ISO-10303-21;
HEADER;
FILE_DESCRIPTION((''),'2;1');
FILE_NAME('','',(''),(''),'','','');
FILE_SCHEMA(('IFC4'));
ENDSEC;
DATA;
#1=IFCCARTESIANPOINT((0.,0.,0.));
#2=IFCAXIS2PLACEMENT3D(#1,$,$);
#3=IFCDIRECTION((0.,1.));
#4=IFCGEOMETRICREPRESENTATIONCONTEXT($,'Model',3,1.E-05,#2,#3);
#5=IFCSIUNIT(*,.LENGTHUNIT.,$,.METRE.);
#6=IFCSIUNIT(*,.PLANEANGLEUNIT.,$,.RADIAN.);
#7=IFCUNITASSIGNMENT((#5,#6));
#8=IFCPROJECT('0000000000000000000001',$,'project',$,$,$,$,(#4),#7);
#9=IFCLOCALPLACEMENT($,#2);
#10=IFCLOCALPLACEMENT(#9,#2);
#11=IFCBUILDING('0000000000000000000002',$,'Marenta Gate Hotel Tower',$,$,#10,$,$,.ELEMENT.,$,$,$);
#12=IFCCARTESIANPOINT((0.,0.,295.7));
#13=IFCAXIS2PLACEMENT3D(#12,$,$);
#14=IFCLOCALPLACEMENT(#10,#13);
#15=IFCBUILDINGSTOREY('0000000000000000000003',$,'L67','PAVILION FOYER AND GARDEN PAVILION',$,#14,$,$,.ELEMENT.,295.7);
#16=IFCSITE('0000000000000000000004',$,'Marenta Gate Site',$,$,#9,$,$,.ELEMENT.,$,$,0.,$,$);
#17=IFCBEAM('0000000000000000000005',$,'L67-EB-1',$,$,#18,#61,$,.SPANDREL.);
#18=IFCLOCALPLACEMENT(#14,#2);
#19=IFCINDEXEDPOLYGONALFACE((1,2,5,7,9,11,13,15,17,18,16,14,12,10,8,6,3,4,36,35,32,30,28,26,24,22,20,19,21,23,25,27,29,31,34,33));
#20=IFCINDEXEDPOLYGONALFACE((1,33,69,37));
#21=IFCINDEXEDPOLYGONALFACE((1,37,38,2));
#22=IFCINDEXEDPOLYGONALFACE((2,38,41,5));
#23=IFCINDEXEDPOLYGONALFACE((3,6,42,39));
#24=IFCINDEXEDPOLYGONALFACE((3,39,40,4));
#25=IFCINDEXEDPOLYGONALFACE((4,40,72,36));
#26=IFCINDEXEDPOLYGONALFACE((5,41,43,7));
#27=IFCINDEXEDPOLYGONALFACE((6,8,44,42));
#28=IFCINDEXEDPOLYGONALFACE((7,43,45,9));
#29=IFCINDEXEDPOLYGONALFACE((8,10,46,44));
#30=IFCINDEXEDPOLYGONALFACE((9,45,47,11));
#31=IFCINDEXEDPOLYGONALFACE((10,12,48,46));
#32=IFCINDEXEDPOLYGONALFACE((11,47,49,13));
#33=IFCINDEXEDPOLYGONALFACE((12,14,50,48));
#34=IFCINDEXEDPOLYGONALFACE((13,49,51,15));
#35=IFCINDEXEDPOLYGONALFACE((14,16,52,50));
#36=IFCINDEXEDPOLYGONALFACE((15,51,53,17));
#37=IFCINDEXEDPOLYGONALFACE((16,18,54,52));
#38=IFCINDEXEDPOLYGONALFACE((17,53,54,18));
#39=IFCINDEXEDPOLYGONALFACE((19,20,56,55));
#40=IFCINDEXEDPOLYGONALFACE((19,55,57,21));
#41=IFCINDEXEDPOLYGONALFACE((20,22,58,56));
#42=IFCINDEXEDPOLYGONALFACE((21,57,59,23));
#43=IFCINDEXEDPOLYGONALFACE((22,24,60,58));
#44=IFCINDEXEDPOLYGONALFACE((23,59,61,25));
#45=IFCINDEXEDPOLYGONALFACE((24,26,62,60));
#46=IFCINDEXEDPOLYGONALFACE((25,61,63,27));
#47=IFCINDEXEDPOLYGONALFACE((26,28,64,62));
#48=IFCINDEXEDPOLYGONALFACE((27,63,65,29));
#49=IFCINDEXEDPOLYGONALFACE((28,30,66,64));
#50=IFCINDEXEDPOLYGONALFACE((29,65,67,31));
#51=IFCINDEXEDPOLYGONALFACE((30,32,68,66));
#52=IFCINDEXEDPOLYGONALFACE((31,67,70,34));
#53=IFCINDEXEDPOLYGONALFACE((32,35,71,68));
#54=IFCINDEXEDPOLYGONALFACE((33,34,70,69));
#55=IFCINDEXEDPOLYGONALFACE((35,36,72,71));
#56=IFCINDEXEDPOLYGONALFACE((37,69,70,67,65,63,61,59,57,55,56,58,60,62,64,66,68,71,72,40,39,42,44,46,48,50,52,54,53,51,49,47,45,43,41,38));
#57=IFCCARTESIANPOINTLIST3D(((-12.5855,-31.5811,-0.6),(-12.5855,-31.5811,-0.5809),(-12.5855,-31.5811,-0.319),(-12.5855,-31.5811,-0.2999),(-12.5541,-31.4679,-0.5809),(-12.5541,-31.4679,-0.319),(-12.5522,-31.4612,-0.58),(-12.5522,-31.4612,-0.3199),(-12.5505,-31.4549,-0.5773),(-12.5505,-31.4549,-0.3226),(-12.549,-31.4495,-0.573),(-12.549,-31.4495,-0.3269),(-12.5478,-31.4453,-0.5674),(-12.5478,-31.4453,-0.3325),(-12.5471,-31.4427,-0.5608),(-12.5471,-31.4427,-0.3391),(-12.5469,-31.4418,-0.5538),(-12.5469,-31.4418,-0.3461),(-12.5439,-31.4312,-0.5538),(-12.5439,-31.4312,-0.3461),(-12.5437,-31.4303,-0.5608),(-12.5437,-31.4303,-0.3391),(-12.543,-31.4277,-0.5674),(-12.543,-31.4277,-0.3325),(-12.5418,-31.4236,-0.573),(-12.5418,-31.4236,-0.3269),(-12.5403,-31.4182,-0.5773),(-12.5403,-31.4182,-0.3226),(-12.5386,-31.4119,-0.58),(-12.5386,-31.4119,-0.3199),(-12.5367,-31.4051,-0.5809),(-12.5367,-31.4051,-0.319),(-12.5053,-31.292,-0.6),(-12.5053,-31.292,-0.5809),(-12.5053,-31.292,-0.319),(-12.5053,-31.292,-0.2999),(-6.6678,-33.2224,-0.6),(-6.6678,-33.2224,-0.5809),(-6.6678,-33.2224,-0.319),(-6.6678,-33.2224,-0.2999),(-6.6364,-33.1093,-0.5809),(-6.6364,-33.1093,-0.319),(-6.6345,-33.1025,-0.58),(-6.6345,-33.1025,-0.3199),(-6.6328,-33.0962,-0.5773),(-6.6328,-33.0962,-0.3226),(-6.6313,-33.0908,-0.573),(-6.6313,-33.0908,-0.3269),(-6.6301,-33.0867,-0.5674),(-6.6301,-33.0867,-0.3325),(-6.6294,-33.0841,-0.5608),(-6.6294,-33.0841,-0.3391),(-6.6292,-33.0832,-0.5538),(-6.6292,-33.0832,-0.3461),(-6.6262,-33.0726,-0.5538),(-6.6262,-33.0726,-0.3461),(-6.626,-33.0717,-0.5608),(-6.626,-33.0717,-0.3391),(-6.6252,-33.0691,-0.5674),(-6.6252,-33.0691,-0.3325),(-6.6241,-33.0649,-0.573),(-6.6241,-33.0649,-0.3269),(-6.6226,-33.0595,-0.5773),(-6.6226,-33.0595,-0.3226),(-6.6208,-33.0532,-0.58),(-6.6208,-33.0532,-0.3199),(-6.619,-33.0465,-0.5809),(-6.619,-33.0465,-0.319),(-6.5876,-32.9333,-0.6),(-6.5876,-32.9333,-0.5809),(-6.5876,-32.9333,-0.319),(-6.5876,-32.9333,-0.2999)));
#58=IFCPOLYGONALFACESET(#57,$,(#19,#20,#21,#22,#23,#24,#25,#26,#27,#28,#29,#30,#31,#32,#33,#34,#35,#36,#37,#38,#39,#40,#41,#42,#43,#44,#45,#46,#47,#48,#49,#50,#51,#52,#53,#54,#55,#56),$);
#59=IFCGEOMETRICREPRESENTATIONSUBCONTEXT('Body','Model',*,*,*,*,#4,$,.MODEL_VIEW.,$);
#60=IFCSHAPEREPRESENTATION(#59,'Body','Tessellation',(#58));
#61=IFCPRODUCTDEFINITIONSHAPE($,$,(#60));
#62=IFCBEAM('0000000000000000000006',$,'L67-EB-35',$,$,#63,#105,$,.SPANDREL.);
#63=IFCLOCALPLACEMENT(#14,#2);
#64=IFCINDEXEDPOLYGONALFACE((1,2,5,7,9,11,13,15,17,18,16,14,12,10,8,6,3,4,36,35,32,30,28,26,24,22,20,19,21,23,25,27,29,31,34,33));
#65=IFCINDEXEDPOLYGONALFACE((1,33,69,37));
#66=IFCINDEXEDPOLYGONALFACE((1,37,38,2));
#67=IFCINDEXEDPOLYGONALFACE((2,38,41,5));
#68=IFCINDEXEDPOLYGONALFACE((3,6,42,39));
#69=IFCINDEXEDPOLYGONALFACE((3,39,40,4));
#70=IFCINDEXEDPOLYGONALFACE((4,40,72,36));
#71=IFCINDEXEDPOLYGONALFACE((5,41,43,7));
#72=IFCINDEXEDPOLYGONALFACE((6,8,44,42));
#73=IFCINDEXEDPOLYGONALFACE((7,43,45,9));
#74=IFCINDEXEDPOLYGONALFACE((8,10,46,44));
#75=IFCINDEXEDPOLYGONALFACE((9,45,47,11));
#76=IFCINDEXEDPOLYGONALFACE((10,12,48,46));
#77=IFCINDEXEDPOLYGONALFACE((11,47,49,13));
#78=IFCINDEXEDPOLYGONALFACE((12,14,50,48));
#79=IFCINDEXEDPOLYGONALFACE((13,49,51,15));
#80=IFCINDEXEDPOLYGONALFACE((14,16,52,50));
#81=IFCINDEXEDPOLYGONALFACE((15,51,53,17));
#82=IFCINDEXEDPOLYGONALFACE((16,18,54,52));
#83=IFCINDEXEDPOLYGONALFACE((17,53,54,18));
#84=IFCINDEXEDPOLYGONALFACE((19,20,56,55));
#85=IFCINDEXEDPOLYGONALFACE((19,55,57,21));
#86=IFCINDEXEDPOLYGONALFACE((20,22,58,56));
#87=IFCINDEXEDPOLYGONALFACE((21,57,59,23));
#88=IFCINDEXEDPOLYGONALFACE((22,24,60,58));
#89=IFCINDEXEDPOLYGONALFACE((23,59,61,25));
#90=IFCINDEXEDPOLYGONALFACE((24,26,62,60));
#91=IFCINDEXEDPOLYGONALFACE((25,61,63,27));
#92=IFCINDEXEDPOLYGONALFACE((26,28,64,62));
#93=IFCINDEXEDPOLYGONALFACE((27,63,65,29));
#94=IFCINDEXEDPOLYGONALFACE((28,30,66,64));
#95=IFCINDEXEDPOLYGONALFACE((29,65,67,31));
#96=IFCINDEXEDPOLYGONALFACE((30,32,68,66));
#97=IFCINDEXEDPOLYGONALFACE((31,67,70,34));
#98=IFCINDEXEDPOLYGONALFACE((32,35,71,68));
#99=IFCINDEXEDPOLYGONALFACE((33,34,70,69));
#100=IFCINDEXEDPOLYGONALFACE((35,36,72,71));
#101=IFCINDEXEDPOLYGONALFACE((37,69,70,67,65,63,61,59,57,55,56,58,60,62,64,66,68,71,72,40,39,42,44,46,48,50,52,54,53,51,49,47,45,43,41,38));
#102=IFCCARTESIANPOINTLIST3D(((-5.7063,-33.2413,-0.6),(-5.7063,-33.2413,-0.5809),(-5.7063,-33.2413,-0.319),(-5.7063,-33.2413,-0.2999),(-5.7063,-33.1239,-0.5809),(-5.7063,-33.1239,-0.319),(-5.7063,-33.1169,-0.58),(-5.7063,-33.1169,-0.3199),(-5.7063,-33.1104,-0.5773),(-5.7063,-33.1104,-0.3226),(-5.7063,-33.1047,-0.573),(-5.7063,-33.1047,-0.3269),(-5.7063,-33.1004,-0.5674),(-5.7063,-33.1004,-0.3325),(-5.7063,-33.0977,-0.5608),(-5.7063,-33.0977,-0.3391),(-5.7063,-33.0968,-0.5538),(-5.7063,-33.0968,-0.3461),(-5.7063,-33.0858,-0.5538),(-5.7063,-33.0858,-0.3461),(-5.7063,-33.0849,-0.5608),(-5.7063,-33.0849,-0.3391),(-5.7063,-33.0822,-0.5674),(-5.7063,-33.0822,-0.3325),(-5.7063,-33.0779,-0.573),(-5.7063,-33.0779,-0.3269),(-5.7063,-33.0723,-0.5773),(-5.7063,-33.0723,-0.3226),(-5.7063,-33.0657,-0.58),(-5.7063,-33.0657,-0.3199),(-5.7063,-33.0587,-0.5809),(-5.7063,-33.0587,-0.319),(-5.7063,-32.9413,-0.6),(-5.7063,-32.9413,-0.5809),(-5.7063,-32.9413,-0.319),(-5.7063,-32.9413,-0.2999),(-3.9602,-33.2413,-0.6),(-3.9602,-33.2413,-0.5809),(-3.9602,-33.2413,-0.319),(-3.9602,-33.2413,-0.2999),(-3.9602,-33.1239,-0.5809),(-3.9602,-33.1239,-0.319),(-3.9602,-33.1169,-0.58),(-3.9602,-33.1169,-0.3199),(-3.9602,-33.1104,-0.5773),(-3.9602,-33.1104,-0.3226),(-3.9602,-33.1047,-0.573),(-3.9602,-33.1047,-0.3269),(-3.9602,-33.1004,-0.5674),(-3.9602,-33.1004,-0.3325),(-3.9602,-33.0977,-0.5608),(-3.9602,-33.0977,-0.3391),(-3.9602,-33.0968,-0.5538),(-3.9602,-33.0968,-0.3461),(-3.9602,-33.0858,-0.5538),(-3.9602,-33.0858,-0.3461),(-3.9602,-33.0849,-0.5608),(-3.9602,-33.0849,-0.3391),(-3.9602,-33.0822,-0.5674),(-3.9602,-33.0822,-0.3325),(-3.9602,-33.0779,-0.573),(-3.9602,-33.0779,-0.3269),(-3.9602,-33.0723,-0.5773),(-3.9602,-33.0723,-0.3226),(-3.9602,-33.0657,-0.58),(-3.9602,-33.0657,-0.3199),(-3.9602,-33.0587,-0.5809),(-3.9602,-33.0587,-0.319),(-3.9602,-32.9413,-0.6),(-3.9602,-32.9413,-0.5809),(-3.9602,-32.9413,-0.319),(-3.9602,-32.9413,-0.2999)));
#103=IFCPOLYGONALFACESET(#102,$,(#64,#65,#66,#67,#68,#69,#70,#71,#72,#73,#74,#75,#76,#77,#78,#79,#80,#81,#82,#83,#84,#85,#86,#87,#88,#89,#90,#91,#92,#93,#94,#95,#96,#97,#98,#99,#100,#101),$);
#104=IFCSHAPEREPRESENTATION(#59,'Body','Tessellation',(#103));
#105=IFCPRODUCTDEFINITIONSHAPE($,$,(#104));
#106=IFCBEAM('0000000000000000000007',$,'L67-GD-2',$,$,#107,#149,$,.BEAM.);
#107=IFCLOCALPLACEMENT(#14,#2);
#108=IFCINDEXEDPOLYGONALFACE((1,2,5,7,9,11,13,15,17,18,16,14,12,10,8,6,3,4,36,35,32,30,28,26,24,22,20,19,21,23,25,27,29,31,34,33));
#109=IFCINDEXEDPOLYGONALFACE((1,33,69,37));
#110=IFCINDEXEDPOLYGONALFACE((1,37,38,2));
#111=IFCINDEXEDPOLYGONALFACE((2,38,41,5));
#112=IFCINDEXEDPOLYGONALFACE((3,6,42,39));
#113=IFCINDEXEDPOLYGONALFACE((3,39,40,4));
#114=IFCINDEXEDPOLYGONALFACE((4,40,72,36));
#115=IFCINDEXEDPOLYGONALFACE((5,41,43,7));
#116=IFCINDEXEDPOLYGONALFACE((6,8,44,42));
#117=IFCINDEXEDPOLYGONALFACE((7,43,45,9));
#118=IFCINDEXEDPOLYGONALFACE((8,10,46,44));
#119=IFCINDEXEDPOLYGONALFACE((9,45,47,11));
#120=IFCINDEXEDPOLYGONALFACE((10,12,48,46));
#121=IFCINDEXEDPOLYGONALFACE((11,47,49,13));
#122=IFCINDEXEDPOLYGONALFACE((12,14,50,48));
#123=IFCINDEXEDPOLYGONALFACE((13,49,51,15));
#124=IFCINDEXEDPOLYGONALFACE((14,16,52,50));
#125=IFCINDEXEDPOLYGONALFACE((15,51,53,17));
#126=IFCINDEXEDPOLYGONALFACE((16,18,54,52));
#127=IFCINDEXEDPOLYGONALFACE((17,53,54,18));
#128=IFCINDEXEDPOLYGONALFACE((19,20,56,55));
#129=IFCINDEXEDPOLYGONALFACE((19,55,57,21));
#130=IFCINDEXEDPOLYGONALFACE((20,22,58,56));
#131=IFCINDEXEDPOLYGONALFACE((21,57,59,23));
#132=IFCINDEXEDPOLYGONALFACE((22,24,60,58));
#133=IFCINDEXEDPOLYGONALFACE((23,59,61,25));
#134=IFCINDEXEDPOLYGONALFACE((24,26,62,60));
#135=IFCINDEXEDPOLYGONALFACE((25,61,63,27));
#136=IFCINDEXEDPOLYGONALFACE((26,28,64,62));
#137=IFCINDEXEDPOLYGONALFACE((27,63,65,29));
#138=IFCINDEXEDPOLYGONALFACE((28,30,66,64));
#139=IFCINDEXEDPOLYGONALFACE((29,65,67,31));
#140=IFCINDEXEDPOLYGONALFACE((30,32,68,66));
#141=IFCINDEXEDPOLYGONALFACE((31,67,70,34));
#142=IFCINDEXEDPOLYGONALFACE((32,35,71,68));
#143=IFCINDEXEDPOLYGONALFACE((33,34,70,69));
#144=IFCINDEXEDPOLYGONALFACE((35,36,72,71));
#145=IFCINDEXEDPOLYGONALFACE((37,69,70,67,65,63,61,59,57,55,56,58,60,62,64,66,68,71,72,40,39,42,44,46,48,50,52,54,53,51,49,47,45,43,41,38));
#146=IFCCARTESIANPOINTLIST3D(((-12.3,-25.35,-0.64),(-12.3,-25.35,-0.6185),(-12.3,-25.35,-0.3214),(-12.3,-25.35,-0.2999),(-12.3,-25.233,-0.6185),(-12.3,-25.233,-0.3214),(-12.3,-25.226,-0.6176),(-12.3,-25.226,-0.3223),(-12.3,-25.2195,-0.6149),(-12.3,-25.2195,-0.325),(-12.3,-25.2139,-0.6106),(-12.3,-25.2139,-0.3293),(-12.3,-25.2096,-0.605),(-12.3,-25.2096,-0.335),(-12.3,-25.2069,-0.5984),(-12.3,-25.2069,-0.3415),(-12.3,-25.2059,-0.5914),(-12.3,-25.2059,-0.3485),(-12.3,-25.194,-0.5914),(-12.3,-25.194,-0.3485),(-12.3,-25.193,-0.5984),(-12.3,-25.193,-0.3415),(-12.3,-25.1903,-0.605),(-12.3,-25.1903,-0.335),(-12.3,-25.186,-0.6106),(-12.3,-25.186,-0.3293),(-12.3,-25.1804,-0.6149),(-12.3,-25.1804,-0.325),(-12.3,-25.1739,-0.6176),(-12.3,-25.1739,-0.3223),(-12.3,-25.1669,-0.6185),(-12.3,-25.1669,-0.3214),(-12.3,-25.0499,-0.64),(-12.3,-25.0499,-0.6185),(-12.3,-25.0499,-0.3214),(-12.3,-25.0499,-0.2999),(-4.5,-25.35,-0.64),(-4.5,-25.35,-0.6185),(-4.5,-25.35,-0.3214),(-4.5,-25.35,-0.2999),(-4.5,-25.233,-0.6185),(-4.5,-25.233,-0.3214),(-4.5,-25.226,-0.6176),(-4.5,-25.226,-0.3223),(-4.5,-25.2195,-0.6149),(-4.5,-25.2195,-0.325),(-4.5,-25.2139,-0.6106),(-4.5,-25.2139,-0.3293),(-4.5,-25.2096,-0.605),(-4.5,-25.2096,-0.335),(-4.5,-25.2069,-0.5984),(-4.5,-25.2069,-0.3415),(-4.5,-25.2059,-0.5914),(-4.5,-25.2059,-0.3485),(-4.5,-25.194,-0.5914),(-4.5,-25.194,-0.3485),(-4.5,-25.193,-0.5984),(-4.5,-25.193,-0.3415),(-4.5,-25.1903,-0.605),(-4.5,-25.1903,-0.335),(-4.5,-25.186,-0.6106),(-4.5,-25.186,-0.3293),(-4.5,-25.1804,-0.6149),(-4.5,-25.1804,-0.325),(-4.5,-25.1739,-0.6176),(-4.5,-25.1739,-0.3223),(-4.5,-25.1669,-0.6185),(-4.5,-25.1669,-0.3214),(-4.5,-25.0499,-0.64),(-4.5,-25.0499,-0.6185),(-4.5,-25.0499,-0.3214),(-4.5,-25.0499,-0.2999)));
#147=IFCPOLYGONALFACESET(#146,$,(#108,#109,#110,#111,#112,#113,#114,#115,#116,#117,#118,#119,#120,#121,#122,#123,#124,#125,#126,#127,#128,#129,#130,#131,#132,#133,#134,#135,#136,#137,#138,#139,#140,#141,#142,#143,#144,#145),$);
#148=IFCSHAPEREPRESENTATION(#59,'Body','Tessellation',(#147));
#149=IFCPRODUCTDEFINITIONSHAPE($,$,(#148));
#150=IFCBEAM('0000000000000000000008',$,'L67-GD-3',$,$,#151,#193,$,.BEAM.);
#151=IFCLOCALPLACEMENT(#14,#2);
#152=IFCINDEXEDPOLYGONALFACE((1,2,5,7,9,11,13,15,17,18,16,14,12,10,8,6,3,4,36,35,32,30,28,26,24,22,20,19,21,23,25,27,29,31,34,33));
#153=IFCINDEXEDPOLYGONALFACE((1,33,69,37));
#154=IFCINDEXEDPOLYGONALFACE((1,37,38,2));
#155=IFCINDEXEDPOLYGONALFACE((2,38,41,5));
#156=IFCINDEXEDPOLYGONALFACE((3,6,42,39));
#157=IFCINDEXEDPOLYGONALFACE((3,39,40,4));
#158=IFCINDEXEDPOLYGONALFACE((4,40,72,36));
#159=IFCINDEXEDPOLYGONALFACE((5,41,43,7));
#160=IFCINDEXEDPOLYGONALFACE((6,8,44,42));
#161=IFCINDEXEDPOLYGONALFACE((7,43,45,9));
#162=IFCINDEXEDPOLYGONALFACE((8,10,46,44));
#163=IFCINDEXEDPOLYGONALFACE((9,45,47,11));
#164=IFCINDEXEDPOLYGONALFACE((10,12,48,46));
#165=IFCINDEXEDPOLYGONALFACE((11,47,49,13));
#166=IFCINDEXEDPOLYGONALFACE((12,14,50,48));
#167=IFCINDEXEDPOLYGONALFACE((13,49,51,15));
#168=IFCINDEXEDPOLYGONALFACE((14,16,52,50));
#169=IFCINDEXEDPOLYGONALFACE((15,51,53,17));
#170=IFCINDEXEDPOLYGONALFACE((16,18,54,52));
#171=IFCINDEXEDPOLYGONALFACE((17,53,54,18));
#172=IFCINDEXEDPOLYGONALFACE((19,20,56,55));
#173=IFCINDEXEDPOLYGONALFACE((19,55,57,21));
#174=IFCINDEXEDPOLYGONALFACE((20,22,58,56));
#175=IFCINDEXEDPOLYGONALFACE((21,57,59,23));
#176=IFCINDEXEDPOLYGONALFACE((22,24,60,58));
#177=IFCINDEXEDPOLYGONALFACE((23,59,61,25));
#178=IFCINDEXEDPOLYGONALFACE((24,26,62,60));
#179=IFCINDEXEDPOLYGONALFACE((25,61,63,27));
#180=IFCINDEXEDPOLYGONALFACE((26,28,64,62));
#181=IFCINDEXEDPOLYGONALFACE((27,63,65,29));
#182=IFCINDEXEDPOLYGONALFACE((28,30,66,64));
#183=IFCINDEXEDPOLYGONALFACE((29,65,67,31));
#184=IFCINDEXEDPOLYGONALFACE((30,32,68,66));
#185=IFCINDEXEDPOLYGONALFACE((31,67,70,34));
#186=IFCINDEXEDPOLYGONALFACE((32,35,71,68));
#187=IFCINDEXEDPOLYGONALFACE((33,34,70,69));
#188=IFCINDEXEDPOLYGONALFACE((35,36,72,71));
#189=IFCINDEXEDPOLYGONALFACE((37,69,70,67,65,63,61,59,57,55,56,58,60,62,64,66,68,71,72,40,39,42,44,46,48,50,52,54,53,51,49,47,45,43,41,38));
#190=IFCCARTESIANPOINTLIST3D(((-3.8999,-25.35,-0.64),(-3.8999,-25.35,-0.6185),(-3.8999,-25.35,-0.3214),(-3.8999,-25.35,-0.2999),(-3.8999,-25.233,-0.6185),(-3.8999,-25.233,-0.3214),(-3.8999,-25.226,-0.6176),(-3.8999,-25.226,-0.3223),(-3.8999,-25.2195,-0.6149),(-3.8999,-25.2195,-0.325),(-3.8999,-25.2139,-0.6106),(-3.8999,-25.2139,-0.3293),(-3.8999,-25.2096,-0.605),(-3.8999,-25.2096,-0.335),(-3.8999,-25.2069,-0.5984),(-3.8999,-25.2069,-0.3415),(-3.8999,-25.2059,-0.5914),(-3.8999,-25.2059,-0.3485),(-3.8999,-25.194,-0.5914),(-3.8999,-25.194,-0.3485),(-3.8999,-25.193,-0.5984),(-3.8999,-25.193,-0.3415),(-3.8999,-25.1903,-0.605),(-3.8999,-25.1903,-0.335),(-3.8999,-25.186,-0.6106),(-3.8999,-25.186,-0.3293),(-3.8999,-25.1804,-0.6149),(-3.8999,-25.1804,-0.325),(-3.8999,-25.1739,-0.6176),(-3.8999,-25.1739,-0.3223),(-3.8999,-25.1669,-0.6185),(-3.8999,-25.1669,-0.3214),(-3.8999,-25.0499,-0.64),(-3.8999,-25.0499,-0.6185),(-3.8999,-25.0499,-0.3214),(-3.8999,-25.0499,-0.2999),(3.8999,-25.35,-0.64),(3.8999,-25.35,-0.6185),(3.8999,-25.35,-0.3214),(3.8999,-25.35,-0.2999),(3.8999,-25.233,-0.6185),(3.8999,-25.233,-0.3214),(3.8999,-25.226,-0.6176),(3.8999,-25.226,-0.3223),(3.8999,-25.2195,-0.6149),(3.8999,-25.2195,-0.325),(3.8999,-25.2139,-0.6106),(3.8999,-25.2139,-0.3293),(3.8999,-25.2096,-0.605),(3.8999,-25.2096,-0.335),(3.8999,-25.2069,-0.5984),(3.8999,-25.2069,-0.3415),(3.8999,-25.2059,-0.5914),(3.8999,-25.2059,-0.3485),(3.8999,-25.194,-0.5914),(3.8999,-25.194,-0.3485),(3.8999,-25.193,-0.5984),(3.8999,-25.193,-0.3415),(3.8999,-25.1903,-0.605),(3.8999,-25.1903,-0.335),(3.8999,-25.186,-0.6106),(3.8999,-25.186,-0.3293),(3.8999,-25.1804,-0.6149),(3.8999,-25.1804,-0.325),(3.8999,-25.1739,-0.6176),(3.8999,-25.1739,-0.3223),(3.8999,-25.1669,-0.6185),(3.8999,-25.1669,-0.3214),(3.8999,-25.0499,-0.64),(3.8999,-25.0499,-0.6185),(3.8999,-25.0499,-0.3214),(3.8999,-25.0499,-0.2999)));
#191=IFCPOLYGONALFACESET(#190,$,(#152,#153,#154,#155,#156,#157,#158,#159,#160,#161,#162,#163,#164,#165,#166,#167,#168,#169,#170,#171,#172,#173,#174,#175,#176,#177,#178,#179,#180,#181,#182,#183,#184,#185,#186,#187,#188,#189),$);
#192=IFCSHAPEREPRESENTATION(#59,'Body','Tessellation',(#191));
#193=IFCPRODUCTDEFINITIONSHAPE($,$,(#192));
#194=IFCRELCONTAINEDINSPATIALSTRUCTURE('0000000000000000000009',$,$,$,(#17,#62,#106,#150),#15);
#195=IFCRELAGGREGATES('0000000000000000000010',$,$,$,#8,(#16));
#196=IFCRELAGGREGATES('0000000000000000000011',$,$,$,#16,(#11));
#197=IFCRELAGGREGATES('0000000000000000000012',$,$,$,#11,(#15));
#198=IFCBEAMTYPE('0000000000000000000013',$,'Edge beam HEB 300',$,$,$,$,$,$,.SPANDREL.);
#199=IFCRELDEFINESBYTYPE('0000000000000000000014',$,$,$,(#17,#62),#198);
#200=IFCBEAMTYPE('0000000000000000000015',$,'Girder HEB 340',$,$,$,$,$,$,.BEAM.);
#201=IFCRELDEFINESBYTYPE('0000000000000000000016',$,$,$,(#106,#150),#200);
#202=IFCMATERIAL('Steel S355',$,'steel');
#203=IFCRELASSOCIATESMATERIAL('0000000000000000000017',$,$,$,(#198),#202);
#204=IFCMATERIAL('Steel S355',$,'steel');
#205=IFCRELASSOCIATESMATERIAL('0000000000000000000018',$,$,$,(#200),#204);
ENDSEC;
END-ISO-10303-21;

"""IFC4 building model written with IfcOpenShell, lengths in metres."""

from ifc_helpers import new_model, si_unit, direction, frame, origin, origin_2d, place, context, subcontext, project, spatial, i_section, extrude, material, material_profile, profile_set, type_object, element, save


model = new_model("IFC4")

# Units and contexts
model_context = context("Model", 3, precision=1e-05, world=origin(), true_north=direction((0.0, 1.0)))
body_context = subcontext(model_context, "Body", "Model", "MODEL_VIEW")
ifc_project = project(units=[si_unit("LENGTHUNIT", "METRE"), si_unit("PLANEANGLEUNIT", "RADIAN")], contexts=[model_context])

# Site, building, storey
site_placement = place(None, origin())
site = spatial("IfcSite", under=ifc_project, at=site_placement, Name="Marenta Gate Site", CompositionType="ELEMENT", RefElevation=0.0)
building_placement = place(site_placement, origin())
building = spatial("IfcBuilding", under=site, at=building_placement, Name="Marenta Gate Hotel Tower", CompositionType="ELEMENT")
storey_placement = place(building_placement, frame((0.0, 0.0, 295.7)))
storey = spatial("IfcBuildingStorey", under=building, at=storey_placement, Name="L67", Description="PAVILION FOYER AND GARDEN PAVILION", CompositionType="ELEMENT", Elevation=295.7)

# Beams
ifc_material_1 = material(Name="Steel S355", Category="steel")
ifc_material_profile_1 = material_profile(ifc_material_1, i_section(OverallWidth=0.3, OverallDepth=0.3, WebThickness=0.011, FlangeThickness=0.019, FilletRadius=0.0271, at=origin_2d()), Name="HEB 300")
ifc_profile_set_1 = profile_set([ifc_material_profile_1], Name="Steel S355")
beam_type_1 = type_object("IfcBeamType", Name="Edge beam HEB 300", PredefinedType="SPANDREL", material=ifc_profile_set_1)
beam_1_placement = place(storey_placement, frame((-6.6277, -33.0779, -0.45), z_axis=(-0.963621, 0.267273, 0.0), x_axis=(-0.267273, -0.963621, 0.0)))
element("IfcBeam", 1, at=beam_1_placement, inside=storey, type_object=beam_type_1, Name="L67-EB-1", PredefinedType="SPANDREL", context=body_context, shape_type="SweptSolid", body=[
    extrude(i_section(OverallWidth=0.3, OverallDepth=0.3, WebThickness=0.011, FlangeThickness=0.019, FilletRadius=0.0271, at=origin_2d()), origin(), (0.0, 0.0, 1.0), 6.1411),
])
beam_2_placement = place(storey_placement, frame((-3.9602, -33.0913, -0.45), z_axis=(-1.0, 0.0, 0.0), x_axis=(0.0, -1.0, 0.0)))
element("IfcBeam", 2, at=beam_2_placement, inside=storey, type_object=beam_type_1, Name="L67-EB-35", PredefinedType="SPANDREL", context=body_context, shape_type="SweptSolid", body=[
    extrude(i_section(OverallWidth=0.3, OverallDepth=0.3, WebThickness=0.011, FlangeThickness=0.019, FilletRadius=0.0271, at=origin_2d()), origin(), (0.0, 0.0, 1.0), 1.7461),
])
ifc_material_2 = material(Name="Steel S355", Category="steel")
ifc_material_profile_2 = material_profile(ifc_material_2, i_section(OverallWidth=0.3, OverallDepth=0.3401, WebThickness=0.012, FlangeThickness=0.0215, FilletRadius=0.0271, at=origin_2d()), Name="HEB 340")
ifc_profile_set_2 = profile_set([ifc_material_profile_2], Name="Steel S355")
beam_type_2 = type_object("IfcBeamType", Name="Girder HEB 340", PredefinedType="BEAM", material=ifc_profile_set_2)
beam_3_placement = place(storey_placement, frame((-12.3, -25.2, -0.47), z_axis=(1.0, 0.0, 0.0), x_axis=(0.0, 1.0, 0.0)))
element("IfcBeam", 3, at=beam_3_placement, inside=storey, type_object=beam_type_2, Name="L67-GD-2", PredefinedType="BEAM", context=body_context, shape_type="SweptSolid", body=[
    extrude(i_section(OverallWidth=0.3, OverallDepth=0.3401, WebThickness=0.012, FlangeThickness=0.0215, FilletRadius=0.0271, at=origin_2d()), origin(), (0.0, 0.0, 1.0), 7.8),
])
beam_4_placement = place(storey_placement, frame((-3.8999, -25.2, -0.47), z_axis=(1.0, 0.0, 0.0), x_axis=(0.0, 1.0, 0.0)))
element("IfcBeam", 4, at=beam_4_placement, inside=storey, type_object=beam_type_2, Name="L67-GD-3", PredefinedType="BEAM", context=body_context, shape_type="SweptSolid", body=[
    extrude(i_section(OverallWidth=0.3, OverallDepth=0.3401, WebThickness=0.012, FlangeThickness=0.0215, FilletRadius=0.0271, at=origin_2d()), origin(), (0.0, 0.0, 1.0), 7.7998),
])

save(model, "model.ifc")
